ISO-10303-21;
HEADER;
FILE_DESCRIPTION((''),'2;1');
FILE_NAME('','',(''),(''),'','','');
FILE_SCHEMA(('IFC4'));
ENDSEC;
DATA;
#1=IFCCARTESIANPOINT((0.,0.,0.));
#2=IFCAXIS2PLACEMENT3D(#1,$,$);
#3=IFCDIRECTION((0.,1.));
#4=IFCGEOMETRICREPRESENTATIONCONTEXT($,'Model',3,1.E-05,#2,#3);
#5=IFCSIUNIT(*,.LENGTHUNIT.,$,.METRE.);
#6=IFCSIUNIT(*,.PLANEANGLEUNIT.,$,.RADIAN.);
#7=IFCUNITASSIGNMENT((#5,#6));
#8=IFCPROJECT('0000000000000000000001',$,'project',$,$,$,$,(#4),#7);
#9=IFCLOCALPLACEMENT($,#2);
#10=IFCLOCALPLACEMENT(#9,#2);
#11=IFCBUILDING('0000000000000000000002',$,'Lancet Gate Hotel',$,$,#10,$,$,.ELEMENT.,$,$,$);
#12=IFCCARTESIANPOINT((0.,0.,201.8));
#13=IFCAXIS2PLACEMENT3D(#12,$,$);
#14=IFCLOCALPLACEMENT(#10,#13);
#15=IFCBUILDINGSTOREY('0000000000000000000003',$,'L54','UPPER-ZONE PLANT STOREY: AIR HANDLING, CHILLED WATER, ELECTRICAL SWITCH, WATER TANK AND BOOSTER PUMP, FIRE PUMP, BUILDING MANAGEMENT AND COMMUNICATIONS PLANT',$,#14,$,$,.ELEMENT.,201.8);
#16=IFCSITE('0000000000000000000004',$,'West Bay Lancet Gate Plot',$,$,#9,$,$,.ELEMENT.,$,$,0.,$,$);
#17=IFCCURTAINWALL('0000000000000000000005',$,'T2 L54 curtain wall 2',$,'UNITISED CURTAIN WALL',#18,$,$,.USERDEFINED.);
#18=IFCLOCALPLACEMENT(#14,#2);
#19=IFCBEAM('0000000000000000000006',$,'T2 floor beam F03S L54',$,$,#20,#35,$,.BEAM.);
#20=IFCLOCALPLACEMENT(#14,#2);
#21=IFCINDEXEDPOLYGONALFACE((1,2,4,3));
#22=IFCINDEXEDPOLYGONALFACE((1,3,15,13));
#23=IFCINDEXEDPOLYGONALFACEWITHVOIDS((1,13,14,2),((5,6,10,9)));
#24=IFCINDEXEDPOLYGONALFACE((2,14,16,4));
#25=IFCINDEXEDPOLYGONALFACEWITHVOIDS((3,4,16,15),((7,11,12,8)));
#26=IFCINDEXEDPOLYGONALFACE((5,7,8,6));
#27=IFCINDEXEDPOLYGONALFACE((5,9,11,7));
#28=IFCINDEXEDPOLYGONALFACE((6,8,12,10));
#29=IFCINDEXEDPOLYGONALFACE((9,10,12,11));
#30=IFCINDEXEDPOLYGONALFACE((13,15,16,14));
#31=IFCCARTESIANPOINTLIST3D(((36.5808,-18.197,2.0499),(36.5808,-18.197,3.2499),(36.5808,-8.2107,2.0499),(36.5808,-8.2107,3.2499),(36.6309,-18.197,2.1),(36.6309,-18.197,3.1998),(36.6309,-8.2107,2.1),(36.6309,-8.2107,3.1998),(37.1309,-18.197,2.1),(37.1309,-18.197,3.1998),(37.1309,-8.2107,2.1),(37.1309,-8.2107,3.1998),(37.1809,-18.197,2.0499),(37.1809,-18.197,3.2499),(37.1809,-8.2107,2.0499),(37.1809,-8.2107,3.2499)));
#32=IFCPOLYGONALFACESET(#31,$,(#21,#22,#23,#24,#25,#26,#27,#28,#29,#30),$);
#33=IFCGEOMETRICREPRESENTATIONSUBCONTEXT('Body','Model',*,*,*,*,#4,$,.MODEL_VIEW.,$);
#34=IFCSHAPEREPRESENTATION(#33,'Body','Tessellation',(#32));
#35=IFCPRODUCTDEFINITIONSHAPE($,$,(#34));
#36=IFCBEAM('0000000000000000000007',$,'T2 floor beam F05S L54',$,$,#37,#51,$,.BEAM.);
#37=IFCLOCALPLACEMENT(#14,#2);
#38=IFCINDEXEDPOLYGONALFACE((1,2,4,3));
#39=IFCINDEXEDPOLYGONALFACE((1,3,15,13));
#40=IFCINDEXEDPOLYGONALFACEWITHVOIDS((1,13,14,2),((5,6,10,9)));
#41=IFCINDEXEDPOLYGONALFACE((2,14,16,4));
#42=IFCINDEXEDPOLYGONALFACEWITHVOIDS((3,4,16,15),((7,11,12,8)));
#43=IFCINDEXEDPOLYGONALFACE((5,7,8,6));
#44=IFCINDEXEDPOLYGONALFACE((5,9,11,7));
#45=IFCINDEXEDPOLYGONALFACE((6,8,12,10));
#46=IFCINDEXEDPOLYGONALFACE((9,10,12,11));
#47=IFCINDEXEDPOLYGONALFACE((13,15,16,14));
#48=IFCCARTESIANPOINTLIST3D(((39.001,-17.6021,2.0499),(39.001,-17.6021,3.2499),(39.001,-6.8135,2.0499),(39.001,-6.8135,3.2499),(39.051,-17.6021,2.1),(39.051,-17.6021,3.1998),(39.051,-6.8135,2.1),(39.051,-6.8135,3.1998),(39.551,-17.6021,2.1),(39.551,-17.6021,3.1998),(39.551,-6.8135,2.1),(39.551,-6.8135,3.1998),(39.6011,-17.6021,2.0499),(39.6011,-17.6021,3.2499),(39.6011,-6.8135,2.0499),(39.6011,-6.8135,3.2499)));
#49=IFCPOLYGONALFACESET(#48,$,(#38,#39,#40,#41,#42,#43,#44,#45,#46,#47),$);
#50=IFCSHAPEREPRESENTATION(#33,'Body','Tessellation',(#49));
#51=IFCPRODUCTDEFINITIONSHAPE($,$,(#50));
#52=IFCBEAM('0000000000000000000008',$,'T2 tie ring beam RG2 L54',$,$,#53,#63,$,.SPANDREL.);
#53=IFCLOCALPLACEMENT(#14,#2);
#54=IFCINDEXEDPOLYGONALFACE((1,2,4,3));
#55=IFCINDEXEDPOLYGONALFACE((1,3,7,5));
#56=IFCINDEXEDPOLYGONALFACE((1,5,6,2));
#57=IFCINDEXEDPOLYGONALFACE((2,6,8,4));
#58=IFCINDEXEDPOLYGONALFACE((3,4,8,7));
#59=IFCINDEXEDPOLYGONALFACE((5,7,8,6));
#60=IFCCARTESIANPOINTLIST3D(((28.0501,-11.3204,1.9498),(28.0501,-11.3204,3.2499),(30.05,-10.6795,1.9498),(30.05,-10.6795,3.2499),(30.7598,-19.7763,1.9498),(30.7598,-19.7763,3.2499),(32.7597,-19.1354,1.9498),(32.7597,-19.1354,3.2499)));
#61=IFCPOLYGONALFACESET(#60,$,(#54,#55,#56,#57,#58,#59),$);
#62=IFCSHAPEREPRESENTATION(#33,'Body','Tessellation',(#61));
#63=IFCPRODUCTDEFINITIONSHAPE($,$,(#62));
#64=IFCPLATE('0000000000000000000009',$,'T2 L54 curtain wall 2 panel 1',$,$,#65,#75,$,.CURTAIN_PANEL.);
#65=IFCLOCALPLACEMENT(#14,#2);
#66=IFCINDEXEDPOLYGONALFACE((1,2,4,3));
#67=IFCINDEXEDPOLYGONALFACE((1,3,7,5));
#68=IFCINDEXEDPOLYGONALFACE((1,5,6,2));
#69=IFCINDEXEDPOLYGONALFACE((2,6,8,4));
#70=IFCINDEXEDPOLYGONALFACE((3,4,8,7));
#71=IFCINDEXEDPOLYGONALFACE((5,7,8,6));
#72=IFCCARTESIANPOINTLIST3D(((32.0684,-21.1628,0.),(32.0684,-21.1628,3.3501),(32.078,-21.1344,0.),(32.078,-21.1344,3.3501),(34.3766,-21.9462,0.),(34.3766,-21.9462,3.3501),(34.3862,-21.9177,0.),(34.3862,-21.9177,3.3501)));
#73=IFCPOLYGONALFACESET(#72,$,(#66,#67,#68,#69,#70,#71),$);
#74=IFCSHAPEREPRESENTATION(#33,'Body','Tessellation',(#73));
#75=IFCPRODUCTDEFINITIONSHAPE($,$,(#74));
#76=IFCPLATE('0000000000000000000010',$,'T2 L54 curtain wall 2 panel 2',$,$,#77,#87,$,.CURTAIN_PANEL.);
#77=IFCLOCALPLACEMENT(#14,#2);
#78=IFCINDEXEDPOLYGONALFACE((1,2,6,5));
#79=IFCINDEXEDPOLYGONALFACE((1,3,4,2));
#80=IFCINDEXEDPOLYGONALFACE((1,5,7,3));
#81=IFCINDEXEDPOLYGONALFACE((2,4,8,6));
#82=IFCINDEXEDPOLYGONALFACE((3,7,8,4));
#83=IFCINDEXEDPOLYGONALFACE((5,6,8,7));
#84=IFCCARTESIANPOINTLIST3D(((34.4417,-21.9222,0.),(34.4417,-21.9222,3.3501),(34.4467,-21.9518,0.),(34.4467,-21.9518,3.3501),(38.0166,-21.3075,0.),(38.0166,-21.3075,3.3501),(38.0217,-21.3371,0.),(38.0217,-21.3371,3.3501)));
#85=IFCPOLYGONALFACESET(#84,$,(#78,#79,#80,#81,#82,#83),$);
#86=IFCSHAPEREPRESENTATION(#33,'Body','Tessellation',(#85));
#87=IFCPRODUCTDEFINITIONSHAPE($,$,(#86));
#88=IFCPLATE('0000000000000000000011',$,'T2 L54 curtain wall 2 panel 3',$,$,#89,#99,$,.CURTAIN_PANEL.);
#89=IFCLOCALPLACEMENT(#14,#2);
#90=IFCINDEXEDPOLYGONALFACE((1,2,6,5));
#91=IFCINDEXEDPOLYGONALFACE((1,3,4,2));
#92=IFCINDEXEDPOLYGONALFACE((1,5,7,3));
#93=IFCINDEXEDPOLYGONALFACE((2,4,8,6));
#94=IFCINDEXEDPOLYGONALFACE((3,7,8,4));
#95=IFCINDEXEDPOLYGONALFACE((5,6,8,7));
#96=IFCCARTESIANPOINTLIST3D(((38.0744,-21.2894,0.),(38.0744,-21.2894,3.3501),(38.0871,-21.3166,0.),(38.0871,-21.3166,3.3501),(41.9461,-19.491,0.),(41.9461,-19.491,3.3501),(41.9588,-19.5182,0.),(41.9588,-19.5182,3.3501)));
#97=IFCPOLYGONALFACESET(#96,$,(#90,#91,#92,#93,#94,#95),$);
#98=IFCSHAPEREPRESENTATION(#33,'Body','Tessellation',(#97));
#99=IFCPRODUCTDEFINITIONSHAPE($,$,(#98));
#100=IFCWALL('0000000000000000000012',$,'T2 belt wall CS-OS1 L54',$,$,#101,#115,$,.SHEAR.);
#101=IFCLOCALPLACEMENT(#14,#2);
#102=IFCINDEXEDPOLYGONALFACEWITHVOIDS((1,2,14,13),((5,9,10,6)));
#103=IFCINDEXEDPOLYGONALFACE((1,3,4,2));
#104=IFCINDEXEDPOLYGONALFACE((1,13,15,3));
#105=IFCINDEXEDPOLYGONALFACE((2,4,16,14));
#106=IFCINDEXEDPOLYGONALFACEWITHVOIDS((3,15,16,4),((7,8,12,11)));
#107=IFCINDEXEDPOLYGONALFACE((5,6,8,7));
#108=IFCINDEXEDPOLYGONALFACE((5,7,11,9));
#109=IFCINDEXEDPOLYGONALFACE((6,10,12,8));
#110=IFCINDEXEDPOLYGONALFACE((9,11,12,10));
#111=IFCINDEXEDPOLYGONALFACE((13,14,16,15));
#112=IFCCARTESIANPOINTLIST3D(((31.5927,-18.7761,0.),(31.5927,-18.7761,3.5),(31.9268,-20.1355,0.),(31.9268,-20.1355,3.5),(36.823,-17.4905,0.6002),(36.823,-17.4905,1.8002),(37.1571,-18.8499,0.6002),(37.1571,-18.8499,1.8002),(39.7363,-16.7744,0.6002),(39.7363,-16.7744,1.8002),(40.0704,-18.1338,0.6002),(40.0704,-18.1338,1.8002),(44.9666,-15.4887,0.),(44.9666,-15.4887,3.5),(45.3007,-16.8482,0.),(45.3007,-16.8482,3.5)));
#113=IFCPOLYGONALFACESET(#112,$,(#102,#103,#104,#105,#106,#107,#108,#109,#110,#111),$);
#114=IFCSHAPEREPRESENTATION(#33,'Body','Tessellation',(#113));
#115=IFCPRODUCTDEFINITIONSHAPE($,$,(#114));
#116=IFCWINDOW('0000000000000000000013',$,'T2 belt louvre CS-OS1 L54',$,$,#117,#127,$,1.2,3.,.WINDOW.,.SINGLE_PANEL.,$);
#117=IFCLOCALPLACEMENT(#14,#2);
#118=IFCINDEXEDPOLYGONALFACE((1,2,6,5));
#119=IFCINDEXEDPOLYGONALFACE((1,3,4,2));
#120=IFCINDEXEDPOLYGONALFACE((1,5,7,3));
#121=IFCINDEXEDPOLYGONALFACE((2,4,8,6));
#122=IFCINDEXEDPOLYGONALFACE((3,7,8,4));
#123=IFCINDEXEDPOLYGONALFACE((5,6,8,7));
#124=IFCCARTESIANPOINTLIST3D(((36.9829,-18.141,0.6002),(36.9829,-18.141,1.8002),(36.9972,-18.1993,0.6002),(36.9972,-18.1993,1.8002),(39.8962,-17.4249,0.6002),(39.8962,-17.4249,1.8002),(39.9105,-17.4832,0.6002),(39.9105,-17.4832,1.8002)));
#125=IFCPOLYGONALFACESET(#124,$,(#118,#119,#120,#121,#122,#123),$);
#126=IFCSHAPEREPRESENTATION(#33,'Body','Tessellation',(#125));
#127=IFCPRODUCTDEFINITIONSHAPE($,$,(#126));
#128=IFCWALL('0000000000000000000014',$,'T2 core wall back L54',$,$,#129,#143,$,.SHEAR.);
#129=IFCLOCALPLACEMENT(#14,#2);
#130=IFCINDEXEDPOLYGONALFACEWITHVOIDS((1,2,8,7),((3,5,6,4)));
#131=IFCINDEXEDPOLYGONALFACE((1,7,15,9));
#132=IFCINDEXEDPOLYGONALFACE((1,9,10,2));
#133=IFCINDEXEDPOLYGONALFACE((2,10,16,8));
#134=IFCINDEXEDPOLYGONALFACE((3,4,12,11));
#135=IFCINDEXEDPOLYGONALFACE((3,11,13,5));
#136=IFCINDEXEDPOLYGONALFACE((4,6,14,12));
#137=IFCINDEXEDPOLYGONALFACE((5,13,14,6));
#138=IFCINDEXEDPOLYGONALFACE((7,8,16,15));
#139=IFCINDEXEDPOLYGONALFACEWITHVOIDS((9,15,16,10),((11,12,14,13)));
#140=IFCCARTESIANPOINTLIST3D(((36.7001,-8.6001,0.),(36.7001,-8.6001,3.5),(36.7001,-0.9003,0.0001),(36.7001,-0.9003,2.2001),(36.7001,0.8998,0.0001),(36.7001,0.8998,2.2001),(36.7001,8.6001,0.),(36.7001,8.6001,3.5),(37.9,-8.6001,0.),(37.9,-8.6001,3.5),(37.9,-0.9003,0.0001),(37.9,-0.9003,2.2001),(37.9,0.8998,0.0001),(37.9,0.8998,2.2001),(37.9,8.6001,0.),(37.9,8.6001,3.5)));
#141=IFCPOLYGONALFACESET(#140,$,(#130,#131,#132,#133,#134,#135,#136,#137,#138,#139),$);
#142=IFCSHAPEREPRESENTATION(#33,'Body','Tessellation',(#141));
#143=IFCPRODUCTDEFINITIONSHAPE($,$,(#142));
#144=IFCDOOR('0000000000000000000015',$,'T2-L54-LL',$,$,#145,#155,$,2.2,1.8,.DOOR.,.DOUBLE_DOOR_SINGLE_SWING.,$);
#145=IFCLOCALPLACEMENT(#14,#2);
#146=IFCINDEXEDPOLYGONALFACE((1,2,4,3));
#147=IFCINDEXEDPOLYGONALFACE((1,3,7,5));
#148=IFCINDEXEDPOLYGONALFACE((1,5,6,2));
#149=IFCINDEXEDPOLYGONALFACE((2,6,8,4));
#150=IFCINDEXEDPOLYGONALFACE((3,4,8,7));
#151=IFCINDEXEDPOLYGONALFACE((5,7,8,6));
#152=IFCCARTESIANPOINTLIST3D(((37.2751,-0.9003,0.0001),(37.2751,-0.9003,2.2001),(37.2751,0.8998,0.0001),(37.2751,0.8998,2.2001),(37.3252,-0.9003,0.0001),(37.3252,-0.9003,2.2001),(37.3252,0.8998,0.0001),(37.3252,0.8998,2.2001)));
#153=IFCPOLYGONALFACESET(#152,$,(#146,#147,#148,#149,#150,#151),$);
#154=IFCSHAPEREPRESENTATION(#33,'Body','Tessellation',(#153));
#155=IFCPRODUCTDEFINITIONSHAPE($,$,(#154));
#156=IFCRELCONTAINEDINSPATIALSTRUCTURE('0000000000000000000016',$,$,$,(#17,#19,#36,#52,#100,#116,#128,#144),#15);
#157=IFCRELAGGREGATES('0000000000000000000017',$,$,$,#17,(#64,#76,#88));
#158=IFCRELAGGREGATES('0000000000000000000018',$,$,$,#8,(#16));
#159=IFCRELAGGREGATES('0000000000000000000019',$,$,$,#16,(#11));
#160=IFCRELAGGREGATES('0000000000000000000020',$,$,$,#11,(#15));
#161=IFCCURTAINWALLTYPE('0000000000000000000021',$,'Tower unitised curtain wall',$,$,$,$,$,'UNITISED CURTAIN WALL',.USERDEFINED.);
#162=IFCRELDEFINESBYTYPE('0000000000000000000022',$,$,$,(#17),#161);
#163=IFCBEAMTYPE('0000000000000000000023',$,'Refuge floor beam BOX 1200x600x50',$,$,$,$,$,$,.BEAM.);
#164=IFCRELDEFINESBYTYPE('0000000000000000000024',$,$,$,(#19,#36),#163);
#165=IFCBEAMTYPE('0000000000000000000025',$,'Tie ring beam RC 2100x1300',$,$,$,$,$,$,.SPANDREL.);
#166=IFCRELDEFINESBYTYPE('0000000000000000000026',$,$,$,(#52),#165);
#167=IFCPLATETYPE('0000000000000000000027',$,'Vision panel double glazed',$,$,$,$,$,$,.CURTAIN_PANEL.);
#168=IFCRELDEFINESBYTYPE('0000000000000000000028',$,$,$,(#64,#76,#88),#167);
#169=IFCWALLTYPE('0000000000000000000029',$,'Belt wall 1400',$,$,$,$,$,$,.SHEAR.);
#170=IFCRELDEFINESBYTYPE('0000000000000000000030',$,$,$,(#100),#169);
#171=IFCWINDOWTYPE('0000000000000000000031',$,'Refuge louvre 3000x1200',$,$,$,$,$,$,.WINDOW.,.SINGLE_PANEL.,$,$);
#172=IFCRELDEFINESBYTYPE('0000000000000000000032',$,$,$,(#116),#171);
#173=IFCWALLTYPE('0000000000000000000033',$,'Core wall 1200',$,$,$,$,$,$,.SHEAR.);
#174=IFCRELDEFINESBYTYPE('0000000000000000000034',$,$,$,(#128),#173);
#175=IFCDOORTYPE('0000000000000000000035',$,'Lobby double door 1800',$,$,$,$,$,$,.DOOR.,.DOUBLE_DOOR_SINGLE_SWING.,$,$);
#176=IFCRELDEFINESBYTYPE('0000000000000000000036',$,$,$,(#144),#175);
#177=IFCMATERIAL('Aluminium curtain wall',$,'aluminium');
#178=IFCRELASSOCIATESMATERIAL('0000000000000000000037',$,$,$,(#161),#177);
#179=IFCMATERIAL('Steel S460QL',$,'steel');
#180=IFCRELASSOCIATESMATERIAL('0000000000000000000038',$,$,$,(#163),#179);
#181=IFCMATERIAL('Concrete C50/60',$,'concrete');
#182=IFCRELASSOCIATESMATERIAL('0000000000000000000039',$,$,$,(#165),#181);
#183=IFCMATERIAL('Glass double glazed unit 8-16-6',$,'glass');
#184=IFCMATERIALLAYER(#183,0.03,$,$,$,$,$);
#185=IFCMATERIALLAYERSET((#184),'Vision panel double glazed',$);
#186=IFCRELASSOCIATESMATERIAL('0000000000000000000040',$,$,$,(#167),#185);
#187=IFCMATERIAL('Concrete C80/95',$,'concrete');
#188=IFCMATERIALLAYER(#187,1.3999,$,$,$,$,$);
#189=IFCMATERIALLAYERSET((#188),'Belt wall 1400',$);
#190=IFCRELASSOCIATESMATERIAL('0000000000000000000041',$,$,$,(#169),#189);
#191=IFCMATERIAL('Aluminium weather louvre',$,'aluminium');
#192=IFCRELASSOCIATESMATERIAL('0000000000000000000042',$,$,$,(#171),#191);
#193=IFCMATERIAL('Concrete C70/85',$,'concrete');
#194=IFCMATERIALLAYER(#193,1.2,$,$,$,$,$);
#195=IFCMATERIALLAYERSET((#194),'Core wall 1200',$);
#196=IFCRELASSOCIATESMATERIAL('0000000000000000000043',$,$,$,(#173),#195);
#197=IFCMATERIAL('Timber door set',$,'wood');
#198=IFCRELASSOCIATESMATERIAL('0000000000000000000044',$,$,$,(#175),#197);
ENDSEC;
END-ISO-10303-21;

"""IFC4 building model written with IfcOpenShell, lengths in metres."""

from ifc_helpers import new_model, si_unit, direction, frame, frame_2d, origin, origin_2d, place, context, subcontext, project, spatial, rectangle, hollow_rectangle, extrude, material, layer, layer_set, material_profile, profile_set, type_object, element, fill, aggregate, save


model = new_model("IFC4")

# Units and contexts
model_context = context("Model", 3, precision=1e-05, world=origin(), true_north=direction((0.0, 1.0)))
body_context = subcontext(model_context, "Body", "Model", "MODEL_VIEW")
ifc_project = project(units=[si_unit("LENGTHUNIT", "METRE"), si_unit("PLANEANGLEUNIT", "RADIAN")], contexts=[model_context])

# Site, building, storey
site_placement = place(None, origin())
site = spatial("IfcSite", under=ifc_project, at=site_placement, Name="West Bay Lancet Gate Plot", CompositionType="ELEMENT", RefElevation=0.0)
building_placement = place(site_placement, origin())
building = spatial("IfcBuilding", under=site, at=building_placement, Name="Lancet Gate Hotel", CompositionType="ELEMENT")
storey_placement = place(building_placement, frame((0.0, 0.0, 201.8)))
storey = spatial("IfcBuildingStorey", under=building, at=storey_placement, Name="L54", Description="UPPER-ZONE PLANT STOREY: AIR HANDLING, CHILLED WATER, ELECTRICAL SWITCH, WATER TANK AND BOOSTER PUMP, FIRE PUMP, BUILDING MANAGEMENT AND COMMUNICATIONS PLANT", CompositionType="ELEMENT", Elevation=201.8)

# Shared definitions
ifc_material_1 = material(Name="Aluminium curtain wall", Category="aluminium")
curtain_wall_type = type_object("IfcCurtainWallType", Name="Tower unitised curtain wall", ElementType="UNITISED CURTAIN WALL", PredefinedType="USERDEFINED", material=ifc_material_1)

# Curtain wall
curtain_wall_1_placement = place(storey_placement, origin())
curtain_wall_1 = element("IfcCurtainWall", 1, at=curtain_wall_1_placement, inside=storey, type_object=curtain_wall_type, Name="T2 L54 curtain wall 2", ObjectType="UNITISED CURTAIN WALL", PredefinedType="USERDEFINED")

# Beams
ifc_material_2 = material(Name="Steel S460QL", Category="steel")
ifc_material_profile_1 = material_profile(ifc_material_2, hollow_rectangle(XDim=0.6001, YDim=1.2, WallThickness=0.05, at=origin_2d()), Name="BOX 1200x600x50")
ifc_profile_set_1 = profile_set([ifc_material_profile_1], Name="Steel S460QL")
beam_type_1 = type_object("IfcBeamType", Name="Refuge floor beam BOX 1200x600x50", PredefinedType="BEAM", material=ifc_profile_set_1)
beam_1_placement = place(storey_placement, frame((36.8809, -18.197, 2.6499), z_axis=(0.0, 1.0, 0.0), x_axis=(-1.0, 0.0, 0.0)))
element("IfcBeam", 2, at=beam_1_placement, inside=storey, type_object=beam_type_1, Name="T2 floor beam F03S L54", PredefinedType="BEAM", context=body_context, shape_type="SweptSolid", body=[
    extrude(hollow_rectangle(XDim=0.6001, YDim=1.2, WallThickness=0.05, at=origin_2d()), origin(), (0.0, 0.0, 1.0), 9.9863),
])
beam_2_placement = place(storey_placement, frame((39.301, -17.6021, 2.6499), z_axis=(0.0, 1.0, 0.0), x_axis=(-1.0, 0.0, 0.0)))
element("IfcBeam", 3, at=beam_2_placement, inside=storey, type_object=beam_type_1, Name="T2 floor beam F05S L54", PredefinedType="BEAM", context=body_context, shape_type="SweptSolid", body=[
    extrude(hollow_rectangle(XDim=0.6001, YDim=1.2, WallThickness=0.05, at=origin_2d()), origin(), (0.0, 0.0, 1.0), 10.7886),
])
ifc_material_3 = material(Name="Concrete C50/60", Category="concrete")
ifc_material_profile_2 = material_profile(ifc_material_3, rectangle(XDim=2.1001, YDim=1.3, at=origin_2d()), Name="RC 2100x1300")
ifc_profile_set_2 = profile_set([ifc_material_profile_2], Name="Concrete C50/60")
beam_type_2 = type_object("IfcBeamType", Name="Tie ring beam RC 2100x1300", PredefinedType="SPANDREL", material=ifc_profile_set_2)
beam_3_placement = place(storey_placement, frame((31.7598, -19.4558, 2.5999), z_axis=(-0.30517, 0.952298, 0.0), x_axis=(-0.952298, -0.30517, 0.0)))
element("IfcBeam", 4, at=beam_3_placement, inside=storey, type_object=beam_type_2, Name="T2 tie ring beam RG2 L54", PredefinedType="SPANDREL", context=body_context, shape_type="SweptSolid", body=[
    extrude(rectangle(XDim=2.1001, YDim=1.3, at=origin_2d()), origin(), (0.0, 0.0, 1.0), 8.8794),
])

# Plates
ifc_material_4 = material(Name="Glass double glazed unit 8-16-6", Category="glass")
ifc_layer_1 = layer(ifc_material_4, 0.03)
ifc_layer_set_1 = layer_set([ifc_layer_1], Name="Vision panel double glazed")
plate_type = type_object("IfcPlateType", Name="Vision panel double glazed", PredefinedType="CURTAIN_PANEL", material=ifc_layer_set_1)
plate_1_placement = place(storey_placement, frame((33.2273, -21.5403, 0.0), z_axis=(0.0, 0.0, 1.0), x_axis=(0.946952, -0.321374, 0.0)))
plate_1 = element("IfcPlate", 5, at=plate_1_placement, type_object=plate_type, Name="T2 L54 curtain wall 2 panel 1", PredefinedType="CURTAIN_PANEL", context=body_context, shape_type="SweptSolid", body=[
    extrude(rectangle(XDim=2.4375, YDim=0.03, at=origin_2d()), origin(), (0.0, 0.0, 1.0), 3.3501),
])
plate_2_placement = place(storey_placement, frame((36.2317, -21.6296, 0.0), z_axis=(0.0, 0.0, 1.0), x_axis=(0.98554, 0.169445, 0.0)))
plate_2 = element("IfcPlate", 6, at=plate_2_placement, type_object=plate_type, Name="T2 L54 curtain wall 2 panel 2", PredefinedType="CURTAIN_PANEL", context=body_context, shape_type="SweptSolid", body=[
    extrude(rectangle(XDim=3.6274, YDim=0.03, at=origin_2d()), origin(), (0.0, 0.0, 1.0), 3.3501),
])
plate_3_placement = place(storey_placement, frame((40.0166, -20.4038, 0.0), z_axis=(0.0, 0.0, 1.0), x_axis=(0.906935, 0.421271, 0.0)))
plate_3 = element("IfcPlate", 7, at=plate_3_placement, type_object=plate_type, Name="T2 L54 curtain wall 2 panel 3", PredefinedType="CURTAIN_PANEL", context=body_context, shape_type="SweptSolid", body=[
    extrude(rectangle(XDim=4.269, YDim=0.03, at=origin_2d()), origin(), (0.0, 0.0, 1.0), 3.3501),
])
aggregate(curtain_wall_1, [plate_1, plate_2, plate_3])

# Wall, opening, window
ifc_material_5 = material(Name="Concrete C80/95", Category="concrete")
ifc_layer_2 = layer(ifc_material_5, 1.3999)
ifc_layer_set_2 = layer_set([ifc_layer_2], Name="Belt wall 1400")
wall_type_1 = type_object("IfcWallType", Name="Belt wall 1400", PredefinedType="SHEAR", material=ifc_layer_set_2)
wall_1_placement = place(storey_placement, frame((31.7598, -19.4558, 0.0), z_axis=(0.0, 0.0, 1.0), x_axis=(0.971093, 0.2387, 0.0)))
wall_1 = element("IfcWall", 8, at=wall_1_placement, inside=storey, type_object=wall_type_1, Name="T2 belt wall CS-OS1 L54", PredefinedType="SHEAR", context=body_context, shape_type="SweptSolid", body=[
    extrude(rectangle(XDim=13.772, YDim=1.3999, at=frame_2d((6.886, 0.0))), origin(), (0.0, 0.0, 1.0), 3.5),
])
opening_1_placement = place(wall_1_placement, frame((5.386, 0.0, 0.6001)))
opening_1 = element("IfcOpeningElement", 9, at=opening_1_placement, cuts=wall_1, PredefinedType="OPENING", context=body_context, shape_type="SweptSolid", body=[
    extrude(rectangle(XDim=3.0, YDim=1.2, at=frame_2d((1.5, 0.6001))), frame((0.0, 0.71, 0.0), z_axis=(0.0, -1.0, 0.0), x_axis=(1.0, 0.0, 0.0)), (0.0, 0.0, 1.0), 1.4199),
])
ifc_material_6 = material(Name="Aluminium weather louvre", Category="aluminium")
window_type = type_object("IfcWindowType", Name="Refuge louvre 3000x1200", PartitioningType="SINGLE_PANEL", PredefinedType="WINDOW", material=ifc_material_6)
window_placement = place(opening_1_placement, origin())
window = element("IfcWindow", 10, at=window_placement, inside=storey, type_object=window_type, Name="T2 belt louvre CS-OS1 L54", OverallHeight=1.2, OverallWidth=3.0, PartitioningType="SINGLE_PANEL", PredefinedType="WINDOW", context=body_context, shape_type="SweptSolid", body=[
    extrude(rectangle(XDim=3.0, YDim=1.2, at=frame_2d((1.5, 0.6001))), frame((0.0, 0.03, 0.0), z_axis=(0.0, -1.0, 0.0), x_axis=(1.0, 0.0, 0.0)), (0.0, 0.0, 1.0), 0.0601),
])
fill(opening_1, window)

# Wall, opening, door
ifc_material_7 = material(Name="Concrete C70/85", Category="concrete")
ifc_layer_3 = layer(ifc_material_7, 1.2)
ifc_layer_set_3 = layer_set([ifc_layer_3], Name="Core wall 1200")
wall_type_2 = type_object("IfcWallType", Name="Core wall 1200", PredefinedType="SHEAR", material=ifc_layer_set_3)
wall_2_placement = place(storey_placement, frame((37.3, -8.6001, 0.0), z_axis=(0.0, 0.0, 1.0), x_axis=(0.0, 1.0, 0.0)))
wall_2 = element("IfcWall", 11, at=wall_2_placement, inside=storey, type_object=wall_type_2, Name="T2 core wall back L54", PredefinedType="SHEAR", context=body_context, shape_type="SweptSolid", body=[
    extrude(rectangle(XDim=17.2002, YDim=1.2, at=frame_2d((8.6001, 0.0))), origin(), (0.0, 0.0, 1.0), 3.5),
])
opening_2_placement = place(wall_2_placement, frame((7.7, 0.0, 0.0)))
opening_2 = element("IfcOpeningElement", 12, at=opening_2_placement, cuts=wall_2, PredefinedType="OPENING", context=body_context, shape_type="SweptSolid", body=[
    extrude(rectangle(XDim=1.8, YDim=2.2, at=frame_2d((0.8999, 1.1001))), frame((0.0, 0.6099, 0.0), z_axis=(0.0, -1.0, 0.0), x_axis=(1.0, 0.0, 0.0)), (0.0, 0.0, 1.0), 1.22),
])
ifc_material_8 = material(Name="Timber door set", Category="wood")
door_type_1 = type_object("IfcDoorType", Name="Lobby double door 1800", OperationType="DOUBLE_DOOR_SINGLE_SWING", PredefinedType="DOOR", material=ifc_material_8)
door_1_placement = place(opening_2_placement, origin())
door_1 = element("IfcDoor", 13, at=door_1_placement, inside=storey, type_object=door_type_1, Name="T2-L54-LL", OperationType="DOUBLE_DOOR_SINGLE_SWING", OverallHeight=2.2, OverallWidth=1.8, PredefinedType="DOOR", context=body_context, shape_type="SweptSolid", body=[
    extrude(rectangle(XDim=1.8, YDim=2.2, at=frame_2d((0.8999, 1.1001))), frame((0.0, 0.0249, 0.0), z_axis=(0.0, -1.0, 0.0), x_axis=(1.0, 0.0, 0.0)), (0.0, 0.0, 1.0), 0.05),
])
fill(opening_2, door_1)

save(model, "model.ifc")
